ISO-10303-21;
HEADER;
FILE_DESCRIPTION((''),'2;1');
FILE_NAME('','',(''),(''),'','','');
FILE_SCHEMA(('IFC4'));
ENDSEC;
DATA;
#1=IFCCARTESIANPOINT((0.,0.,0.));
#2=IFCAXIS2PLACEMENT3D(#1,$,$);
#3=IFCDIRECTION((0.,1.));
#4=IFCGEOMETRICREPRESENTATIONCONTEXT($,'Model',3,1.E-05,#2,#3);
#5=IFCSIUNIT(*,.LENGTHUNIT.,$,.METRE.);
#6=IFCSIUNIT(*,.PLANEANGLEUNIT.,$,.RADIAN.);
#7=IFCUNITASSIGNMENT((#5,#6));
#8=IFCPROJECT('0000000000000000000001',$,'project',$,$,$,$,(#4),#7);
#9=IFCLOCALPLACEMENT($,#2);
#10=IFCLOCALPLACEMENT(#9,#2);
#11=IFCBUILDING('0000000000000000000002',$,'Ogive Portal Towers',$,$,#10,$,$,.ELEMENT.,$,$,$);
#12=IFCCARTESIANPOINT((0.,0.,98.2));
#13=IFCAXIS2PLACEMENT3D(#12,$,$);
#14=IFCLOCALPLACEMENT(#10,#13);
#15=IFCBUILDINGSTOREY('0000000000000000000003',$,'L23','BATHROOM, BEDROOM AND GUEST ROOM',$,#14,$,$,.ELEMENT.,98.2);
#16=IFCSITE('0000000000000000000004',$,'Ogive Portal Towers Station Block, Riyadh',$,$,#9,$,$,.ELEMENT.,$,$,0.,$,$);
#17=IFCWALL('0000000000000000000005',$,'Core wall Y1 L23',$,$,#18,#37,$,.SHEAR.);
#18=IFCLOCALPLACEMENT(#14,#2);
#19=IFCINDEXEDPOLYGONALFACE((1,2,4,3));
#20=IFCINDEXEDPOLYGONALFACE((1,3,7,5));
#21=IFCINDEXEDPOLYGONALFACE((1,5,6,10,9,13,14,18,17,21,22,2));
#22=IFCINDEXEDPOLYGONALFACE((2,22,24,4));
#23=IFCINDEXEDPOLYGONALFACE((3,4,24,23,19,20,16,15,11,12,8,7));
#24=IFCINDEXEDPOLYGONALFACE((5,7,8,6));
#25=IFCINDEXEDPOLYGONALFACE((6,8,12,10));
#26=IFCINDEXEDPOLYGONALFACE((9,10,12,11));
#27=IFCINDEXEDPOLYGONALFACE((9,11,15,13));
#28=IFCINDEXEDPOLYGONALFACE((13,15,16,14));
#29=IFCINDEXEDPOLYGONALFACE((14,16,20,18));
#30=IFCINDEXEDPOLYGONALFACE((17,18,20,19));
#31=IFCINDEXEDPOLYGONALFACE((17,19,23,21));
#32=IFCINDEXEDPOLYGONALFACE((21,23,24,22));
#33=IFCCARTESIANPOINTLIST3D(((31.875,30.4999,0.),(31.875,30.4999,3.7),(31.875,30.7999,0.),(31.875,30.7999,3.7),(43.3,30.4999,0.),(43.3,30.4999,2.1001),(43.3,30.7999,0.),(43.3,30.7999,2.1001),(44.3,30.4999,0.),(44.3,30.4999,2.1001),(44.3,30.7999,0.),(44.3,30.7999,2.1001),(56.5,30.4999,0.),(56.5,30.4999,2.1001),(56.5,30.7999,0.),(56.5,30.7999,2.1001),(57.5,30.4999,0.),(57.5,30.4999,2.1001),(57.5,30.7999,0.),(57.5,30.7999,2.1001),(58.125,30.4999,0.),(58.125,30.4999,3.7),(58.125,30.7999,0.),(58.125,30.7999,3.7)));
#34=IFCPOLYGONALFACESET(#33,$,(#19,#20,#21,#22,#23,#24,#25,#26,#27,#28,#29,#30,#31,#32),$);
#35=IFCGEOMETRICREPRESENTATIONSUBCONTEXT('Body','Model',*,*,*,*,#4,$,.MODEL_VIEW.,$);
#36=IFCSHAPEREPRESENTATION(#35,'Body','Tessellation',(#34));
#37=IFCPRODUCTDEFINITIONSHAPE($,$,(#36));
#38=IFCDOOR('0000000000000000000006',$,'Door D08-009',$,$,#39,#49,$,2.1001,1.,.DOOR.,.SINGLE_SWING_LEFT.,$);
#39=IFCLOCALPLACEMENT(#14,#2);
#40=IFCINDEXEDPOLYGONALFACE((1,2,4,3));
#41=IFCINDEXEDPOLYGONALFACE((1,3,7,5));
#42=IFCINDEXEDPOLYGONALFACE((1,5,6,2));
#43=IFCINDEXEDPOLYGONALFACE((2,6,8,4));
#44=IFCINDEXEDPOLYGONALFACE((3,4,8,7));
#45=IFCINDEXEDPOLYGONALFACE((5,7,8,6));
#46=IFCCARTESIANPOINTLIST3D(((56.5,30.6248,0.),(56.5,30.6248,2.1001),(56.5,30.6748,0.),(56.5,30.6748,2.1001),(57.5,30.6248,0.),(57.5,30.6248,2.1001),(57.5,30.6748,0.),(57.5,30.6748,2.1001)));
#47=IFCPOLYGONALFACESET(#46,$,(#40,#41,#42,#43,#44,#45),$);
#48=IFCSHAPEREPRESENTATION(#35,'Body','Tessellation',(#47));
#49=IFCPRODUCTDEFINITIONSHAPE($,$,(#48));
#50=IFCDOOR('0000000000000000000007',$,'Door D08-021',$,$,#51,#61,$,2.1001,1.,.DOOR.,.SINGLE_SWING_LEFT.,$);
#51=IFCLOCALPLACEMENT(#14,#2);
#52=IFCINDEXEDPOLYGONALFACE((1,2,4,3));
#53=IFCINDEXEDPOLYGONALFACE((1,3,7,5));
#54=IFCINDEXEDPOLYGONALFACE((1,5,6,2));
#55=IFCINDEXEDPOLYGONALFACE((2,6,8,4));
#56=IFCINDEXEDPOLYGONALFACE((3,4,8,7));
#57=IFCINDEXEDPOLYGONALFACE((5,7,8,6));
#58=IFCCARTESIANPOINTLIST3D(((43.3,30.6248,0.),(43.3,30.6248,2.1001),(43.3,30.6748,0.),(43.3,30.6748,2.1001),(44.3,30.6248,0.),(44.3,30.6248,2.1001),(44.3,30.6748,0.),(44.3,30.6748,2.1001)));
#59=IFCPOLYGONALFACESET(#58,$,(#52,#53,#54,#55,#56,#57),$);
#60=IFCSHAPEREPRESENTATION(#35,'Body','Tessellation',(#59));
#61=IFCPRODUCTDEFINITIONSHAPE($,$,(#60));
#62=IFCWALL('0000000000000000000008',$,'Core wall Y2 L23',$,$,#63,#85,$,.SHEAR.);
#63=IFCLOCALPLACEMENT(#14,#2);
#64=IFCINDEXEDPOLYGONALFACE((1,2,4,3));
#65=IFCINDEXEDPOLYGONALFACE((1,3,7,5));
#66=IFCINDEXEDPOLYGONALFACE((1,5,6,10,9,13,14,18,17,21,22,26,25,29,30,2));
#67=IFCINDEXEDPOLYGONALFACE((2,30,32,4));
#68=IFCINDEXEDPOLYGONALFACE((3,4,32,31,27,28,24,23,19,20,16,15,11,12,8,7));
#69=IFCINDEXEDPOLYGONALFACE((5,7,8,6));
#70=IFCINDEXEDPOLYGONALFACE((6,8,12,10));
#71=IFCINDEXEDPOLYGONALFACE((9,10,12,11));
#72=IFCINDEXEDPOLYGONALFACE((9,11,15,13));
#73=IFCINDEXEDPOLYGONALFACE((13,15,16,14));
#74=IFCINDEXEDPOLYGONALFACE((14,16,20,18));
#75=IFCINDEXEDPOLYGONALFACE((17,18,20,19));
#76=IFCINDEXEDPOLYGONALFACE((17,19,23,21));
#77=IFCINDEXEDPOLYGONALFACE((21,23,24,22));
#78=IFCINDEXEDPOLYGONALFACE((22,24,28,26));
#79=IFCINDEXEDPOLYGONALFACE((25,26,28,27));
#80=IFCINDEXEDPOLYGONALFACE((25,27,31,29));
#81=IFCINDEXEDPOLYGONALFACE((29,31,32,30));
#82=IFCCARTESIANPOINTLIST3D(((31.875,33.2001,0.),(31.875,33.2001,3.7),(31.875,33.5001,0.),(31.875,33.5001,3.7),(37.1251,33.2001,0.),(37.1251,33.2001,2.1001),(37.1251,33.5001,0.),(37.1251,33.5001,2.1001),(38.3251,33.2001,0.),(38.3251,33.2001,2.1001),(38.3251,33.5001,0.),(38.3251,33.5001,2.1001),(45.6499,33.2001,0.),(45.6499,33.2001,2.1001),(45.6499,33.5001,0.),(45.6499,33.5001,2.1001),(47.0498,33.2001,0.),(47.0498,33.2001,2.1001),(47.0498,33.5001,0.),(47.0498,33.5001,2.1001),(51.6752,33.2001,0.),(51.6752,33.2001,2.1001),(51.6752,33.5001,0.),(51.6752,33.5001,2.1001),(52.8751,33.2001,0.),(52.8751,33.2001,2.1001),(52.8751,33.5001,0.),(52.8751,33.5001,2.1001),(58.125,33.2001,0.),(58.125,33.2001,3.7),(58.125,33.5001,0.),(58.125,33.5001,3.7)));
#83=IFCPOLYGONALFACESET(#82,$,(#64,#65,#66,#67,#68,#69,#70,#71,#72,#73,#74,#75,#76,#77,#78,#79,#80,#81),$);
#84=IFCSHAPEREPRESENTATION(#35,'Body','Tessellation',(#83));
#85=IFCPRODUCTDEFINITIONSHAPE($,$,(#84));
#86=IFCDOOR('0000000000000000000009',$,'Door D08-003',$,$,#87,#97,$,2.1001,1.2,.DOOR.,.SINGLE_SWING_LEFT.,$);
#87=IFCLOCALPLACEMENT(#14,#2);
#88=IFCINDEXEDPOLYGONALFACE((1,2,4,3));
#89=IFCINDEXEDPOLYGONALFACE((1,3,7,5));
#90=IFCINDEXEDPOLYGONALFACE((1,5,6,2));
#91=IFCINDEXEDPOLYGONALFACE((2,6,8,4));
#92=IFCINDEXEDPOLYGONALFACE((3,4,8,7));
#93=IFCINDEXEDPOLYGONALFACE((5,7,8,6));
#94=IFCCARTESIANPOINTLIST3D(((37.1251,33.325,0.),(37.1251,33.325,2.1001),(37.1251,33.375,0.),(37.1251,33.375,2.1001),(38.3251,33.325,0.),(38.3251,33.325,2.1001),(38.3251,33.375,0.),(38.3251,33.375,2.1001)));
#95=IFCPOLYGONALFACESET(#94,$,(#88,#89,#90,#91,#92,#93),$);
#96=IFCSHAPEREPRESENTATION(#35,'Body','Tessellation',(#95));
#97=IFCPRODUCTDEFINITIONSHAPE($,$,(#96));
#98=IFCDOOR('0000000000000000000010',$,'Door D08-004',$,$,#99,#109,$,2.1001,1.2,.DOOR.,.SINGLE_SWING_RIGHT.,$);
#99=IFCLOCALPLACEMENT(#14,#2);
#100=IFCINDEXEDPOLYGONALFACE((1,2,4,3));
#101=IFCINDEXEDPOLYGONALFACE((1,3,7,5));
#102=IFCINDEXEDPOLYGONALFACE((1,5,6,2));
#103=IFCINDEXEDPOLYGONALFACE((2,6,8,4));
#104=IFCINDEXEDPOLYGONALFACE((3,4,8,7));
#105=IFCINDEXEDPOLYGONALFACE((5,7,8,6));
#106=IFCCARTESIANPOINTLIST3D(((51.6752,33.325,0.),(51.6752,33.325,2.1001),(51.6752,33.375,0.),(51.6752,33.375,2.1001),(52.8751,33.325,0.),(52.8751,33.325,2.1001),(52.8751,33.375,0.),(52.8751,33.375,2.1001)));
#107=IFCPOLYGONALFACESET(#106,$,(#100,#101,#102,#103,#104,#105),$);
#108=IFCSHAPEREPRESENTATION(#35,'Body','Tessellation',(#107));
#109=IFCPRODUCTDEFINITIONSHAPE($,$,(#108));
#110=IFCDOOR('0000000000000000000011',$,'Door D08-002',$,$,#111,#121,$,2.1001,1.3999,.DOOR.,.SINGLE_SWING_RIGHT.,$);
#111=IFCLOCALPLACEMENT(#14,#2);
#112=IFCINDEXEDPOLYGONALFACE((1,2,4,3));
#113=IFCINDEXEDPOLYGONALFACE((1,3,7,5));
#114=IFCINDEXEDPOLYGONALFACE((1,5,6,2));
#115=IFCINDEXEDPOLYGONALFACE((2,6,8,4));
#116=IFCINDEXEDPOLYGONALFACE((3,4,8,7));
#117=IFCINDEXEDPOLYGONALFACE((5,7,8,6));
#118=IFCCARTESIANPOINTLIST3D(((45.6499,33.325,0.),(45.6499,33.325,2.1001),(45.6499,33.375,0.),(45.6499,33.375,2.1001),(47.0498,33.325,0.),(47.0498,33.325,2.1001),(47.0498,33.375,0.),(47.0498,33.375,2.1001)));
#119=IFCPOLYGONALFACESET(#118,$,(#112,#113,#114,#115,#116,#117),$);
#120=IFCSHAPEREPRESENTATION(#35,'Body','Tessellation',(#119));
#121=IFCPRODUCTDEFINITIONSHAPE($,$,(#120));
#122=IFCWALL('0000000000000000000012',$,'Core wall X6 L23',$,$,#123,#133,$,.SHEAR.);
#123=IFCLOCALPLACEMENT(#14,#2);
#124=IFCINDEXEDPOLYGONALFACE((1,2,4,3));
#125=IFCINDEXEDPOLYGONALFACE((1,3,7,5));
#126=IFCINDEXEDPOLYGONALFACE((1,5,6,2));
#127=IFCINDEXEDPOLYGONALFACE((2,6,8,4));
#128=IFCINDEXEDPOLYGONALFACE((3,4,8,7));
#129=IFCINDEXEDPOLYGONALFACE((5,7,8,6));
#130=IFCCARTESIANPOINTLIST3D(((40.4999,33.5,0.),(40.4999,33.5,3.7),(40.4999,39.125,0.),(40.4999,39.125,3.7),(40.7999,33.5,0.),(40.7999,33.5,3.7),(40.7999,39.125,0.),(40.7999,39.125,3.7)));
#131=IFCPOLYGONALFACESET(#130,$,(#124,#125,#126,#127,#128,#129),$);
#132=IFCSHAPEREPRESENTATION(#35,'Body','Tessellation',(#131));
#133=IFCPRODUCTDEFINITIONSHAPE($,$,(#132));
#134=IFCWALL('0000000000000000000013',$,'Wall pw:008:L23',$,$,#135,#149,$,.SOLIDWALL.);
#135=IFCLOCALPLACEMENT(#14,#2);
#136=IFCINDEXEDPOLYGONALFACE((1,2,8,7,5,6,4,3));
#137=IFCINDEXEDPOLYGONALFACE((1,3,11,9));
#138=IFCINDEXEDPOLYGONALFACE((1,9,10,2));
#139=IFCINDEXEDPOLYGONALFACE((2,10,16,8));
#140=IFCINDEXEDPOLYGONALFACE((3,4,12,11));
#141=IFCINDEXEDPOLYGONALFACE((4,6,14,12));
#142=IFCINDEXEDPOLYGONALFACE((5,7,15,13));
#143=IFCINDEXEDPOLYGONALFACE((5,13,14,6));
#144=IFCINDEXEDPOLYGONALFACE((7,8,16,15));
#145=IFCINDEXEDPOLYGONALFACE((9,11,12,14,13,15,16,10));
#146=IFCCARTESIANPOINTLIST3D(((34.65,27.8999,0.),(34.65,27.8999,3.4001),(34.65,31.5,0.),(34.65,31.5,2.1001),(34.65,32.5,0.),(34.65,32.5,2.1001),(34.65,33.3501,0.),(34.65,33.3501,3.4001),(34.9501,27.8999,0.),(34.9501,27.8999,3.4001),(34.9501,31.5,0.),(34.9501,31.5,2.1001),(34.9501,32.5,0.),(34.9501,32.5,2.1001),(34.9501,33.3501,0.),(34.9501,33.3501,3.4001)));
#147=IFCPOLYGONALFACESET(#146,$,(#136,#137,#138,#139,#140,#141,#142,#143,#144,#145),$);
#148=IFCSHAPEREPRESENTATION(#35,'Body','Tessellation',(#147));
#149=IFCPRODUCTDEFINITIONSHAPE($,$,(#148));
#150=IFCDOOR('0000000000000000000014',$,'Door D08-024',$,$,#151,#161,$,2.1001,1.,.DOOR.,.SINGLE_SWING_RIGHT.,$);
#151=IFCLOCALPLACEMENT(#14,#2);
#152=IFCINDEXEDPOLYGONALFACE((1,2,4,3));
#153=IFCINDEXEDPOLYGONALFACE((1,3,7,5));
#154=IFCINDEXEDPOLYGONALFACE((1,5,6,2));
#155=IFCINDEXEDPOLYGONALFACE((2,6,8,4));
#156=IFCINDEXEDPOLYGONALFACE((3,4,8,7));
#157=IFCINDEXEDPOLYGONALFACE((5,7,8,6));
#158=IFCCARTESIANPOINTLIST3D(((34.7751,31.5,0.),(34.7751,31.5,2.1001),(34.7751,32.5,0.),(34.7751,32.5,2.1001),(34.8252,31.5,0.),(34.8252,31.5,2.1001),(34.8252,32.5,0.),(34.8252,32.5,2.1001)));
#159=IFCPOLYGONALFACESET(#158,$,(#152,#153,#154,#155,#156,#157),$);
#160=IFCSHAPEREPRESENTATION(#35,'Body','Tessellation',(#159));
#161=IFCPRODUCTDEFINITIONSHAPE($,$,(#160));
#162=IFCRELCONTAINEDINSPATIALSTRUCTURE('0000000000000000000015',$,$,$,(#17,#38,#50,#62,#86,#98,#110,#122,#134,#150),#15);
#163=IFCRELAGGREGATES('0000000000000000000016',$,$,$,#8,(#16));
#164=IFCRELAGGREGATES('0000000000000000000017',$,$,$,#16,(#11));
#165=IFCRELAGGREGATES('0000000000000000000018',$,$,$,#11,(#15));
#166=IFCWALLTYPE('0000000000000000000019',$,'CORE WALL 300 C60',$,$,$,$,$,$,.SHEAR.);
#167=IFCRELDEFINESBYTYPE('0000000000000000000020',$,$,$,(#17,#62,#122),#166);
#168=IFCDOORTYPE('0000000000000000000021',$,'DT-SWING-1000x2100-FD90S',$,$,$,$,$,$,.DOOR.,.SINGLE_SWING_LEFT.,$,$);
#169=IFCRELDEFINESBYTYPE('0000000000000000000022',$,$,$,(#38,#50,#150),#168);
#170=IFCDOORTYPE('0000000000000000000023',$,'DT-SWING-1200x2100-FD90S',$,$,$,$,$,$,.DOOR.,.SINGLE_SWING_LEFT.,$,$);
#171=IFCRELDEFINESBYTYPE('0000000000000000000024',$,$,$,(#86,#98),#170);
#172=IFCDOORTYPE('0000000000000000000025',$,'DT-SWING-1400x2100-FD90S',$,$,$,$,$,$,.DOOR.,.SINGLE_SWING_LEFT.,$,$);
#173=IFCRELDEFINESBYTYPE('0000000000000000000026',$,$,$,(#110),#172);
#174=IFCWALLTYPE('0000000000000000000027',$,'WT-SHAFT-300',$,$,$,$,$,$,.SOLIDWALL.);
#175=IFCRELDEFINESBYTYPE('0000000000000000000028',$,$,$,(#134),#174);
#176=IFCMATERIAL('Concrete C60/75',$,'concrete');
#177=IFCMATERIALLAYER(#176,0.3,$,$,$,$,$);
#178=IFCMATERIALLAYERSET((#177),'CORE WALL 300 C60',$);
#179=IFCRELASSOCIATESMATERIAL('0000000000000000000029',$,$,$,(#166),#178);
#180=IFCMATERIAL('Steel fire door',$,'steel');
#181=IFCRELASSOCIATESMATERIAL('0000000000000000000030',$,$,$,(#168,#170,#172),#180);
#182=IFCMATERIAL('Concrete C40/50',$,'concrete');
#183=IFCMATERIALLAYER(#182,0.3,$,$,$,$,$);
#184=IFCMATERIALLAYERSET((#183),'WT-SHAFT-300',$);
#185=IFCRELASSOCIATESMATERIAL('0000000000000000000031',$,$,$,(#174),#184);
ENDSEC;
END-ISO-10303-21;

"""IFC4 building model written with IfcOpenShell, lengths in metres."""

from ifc_helpers import new_model, si_unit, direction, frame, frame_2d, origin, place, context, subcontext, project, spatial, rectangle, extrude, material, layer, layer_set, type_object, element, fill, save


model = new_model("IFC4")

# Units and contexts
model_context = context("Model", 3, precision=1e-05, world=origin(), true_north=direction((0.0, 1.0)))
body_context = subcontext(model_context, "Body", "Model", "MODEL_VIEW")
ifc_project = project(units=[si_unit("LENGTHUNIT", "METRE"), si_unit("PLANEANGLEUNIT", "RADIAN")], contexts=[model_context])

# Site, building, storey
site_placement = place(None, origin())
site = spatial("IfcSite", under=ifc_project, at=site_placement, Name="Ogive Portal Towers Station Block, Riyadh", CompositionType="ELEMENT", RefElevation=0.0)
building_placement = place(site_placement, origin())
building = spatial("IfcBuilding", under=site, at=building_placement, Name="Ogive Portal Towers", CompositionType="ELEMENT")
storey_placement = place(building_placement, frame((0.0, 0.0, 98.2)))
storey = spatial("IfcBuildingStorey", under=building, at=storey_placement, Name="L23", Description="BATHROOM, BEDROOM AND GUEST ROOM", CompositionType="ELEMENT", Elevation=98.2)

# Walls, openings, doors
ifc_material_1 = material(Name="Concrete C60/75", Category="concrete")
ifc_layer_1 = layer(ifc_material_1, 0.3)
ifc_layer_set_1 = layer_set([ifc_layer_1], Name="CORE WALL 300 C60")
wall_type_1 = type_object("IfcWallType", Name="CORE WALL 300 C60", PredefinedType="SHEAR", material=ifc_layer_set_1)
wall_1_placement = place(storey_placement, frame((31.875, 30.6499, 0.0), z_axis=(0.0, 0.0, 1.0), x_axis=(1.0, 0.0, 0.0)))
wall_1 = element("IfcWall", 1, at=wall_1_placement, inside=storey, type_object=wall_type_1, Name="Core wall Y1 L23", PredefinedType="SHEAR", context=body_context, shape_type="SweptSolid", body=[
    extrude(rectangle(XDim=26.25, YDim=0.3, at=frame_2d((13.125, 0.0))), origin(), (0.0, 0.0, 1.0), 3.7),
])
opening_1_placement = place(wall_1_placement, frame((24.625, 0.0, 0.0)))
opening_1 = element("IfcOpeningElement", 2, at=opening_1_placement, cuts=wall_1, PredefinedType="OPENING", context=body_context, shape_type="SweptSolid", body=[
    extrude(rectangle(XDim=1.0, YDim=2.1001, at=frame_2d((0.5, 1.05))), frame((0.0, 0.1602, 0.0), z_axis=(0.0, -1.0, 0.0), x_axis=(1.0, 0.0, 0.0)), (0.0, 0.0, 1.0), 0.3201),
])
opening_2_placement = place(wall_1_placement, frame((11.425, 0.0, 0.0)))
opening_2 = element("IfcOpeningElement", 3, at=opening_2_placement, cuts=wall_1, PredefinedType="OPENING", context=body_context, shape_type="SweptSolid", body=[
    extrude(rectangle(XDim=1.0, YDim=2.1001, at=frame_2d((0.5, 1.05))), frame((0.0, 0.1602, 0.0), z_axis=(0.0, -1.0, 0.0), x_axis=(1.0, 0.0, 0.0)), (0.0, 0.0, 1.0), 0.3201),
])
ifc_material_2 = material(Name="Steel fire door", Category="steel")
door_type_1 = type_object("IfcDoorType", Name="DT-SWING-1000x2100-FD90S", OperationType="SINGLE_SWING_LEFT", PredefinedType="DOOR", material=ifc_material_2)
door_1_placement = place(opening_1_placement, origin())
door_1 = element("IfcDoor", 4, at=door_1_placement, inside=storey, type_object=door_type_1, Name="Door D08-009", OperationType="SINGLE_SWING_LEFT", OverallHeight=2.1001, OverallWidth=1.0, PredefinedType="DOOR", context=body_context, shape_type="SweptSolid", body=[
    extrude(rectangle(XDim=1.0, YDim=2.1001, at=frame_2d((0.5, 1.05))), frame((0.0, 0.0249, 0.0), z_axis=(0.0, -1.0, 0.0), x_axis=(1.0, 0.0, 0.0)), (0.0, 0.0, 1.0), 0.05),
])
fill(opening_1, door_1)
door_2_placement = place(opening_2_placement, origin())
door_2 = element("IfcDoor", 5, at=door_2_placement, inside=storey, type_object=door_type_1, Name="Door D08-021", OperationType="SINGLE_SWING_LEFT", OverallHeight=2.1001, OverallWidth=1.0, PredefinedType="DOOR", context=body_context, shape_type="SweptSolid", body=[
    extrude(rectangle(XDim=1.0, YDim=2.1001, at=frame_2d((0.5, 1.05))), frame((0.0, 0.0249, 0.0), z_axis=(0.0, -1.0, 0.0), x_axis=(1.0, 0.0, 0.0)), (0.0, 0.0, 1.0), 0.05),
])
fill(opening_2, door_2)
wall_2_placement = place(storey_placement, frame((31.875, 33.3501, 0.0), z_axis=(0.0, 0.0, 1.0), x_axis=(1.0, 0.0, 0.0)))
wall_2 = element("IfcWall", 6, at=wall_2_placement, inside=storey, type_object=wall_type_1, Name="Core wall Y2 L23", PredefinedType="SHEAR", context=body_context, shape_type="SweptSolid", body=[
    extrude(rectangle(XDim=26.25, YDim=0.3, at=frame_2d((13.125, 0.0))), origin(), (0.0, 0.0, 1.0), 3.7),
])
opening_3_placement = place(wall_2_placement, frame((13.7749, 0.0, 0.0)))
opening_3 = element("IfcOpeningElement", 7, at=opening_3_placement, cuts=wall_2, PredefinedType="OPENING", context=body_context, shape_type="SweptSolid", body=[
    extrude(rectangle(XDim=1.3999, YDim=2.1001, at=frame_2d((0.7, 1.05))), frame((0.0, 0.1602, 0.0), z_axis=(0.0, -1.0, 0.0), x_axis=(1.0, 0.0, 0.0)), (0.0, 0.0, 1.0), 0.3201),
])
opening_4_placement = place(wall_2_placement, frame((5.25, 0.0, 0.0)))
opening_4 = element("IfcOpeningElement", 8, at=opening_4_placement, cuts=wall_2, PredefinedType="OPENING", context=body_context, shape_type="SweptSolid", body=[
    extrude(rectangle(XDim=1.2, YDim=2.1001, at=frame_2d((0.6001, 1.05))), frame((0.0, 0.1602, 0.0), z_axis=(0.0, -1.0, 0.0), x_axis=(1.0, 0.0, 0.0)), (0.0, 0.0, 1.0), 0.3201),
])
opening_5_placement = place(wall_2_placement, frame((19.8, 0.0, 0.0)))
opening_5 = element("IfcOpeningElement", 9, at=opening_5_placement, cuts=wall_2, PredefinedType="OPENING", context=body_context, shape_type="SweptSolid", body=[
    extrude(rectangle(XDim=1.2, YDim=2.1001, at=frame_2d((0.6001, 1.05))), frame((0.0, 0.1602, 0.0), z_axis=(0.0, -1.0, 0.0), x_axis=(1.0, 0.0, 0.0)), (0.0, 0.0, 1.0), 0.3201),
])
door_type_2 = type_object("IfcDoorType", Name="DT-SWING-1200x2100-FD90S", OperationType="SINGLE_SWING_LEFT", PredefinedType="DOOR", material=ifc_material_2)
door_3_placement = place(opening_4_placement, origin())
door_3 = element("IfcDoor", 10, at=door_3_placement, inside=storey, type_object=door_type_2, Name="Door D08-003", OperationType="SINGLE_SWING_LEFT", OverallHeight=2.1001, OverallWidth=1.2, PredefinedType="DOOR", context=body_context, shape_type="SweptSolid", body=[
    extrude(rectangle(XDim=1.2, YDim=2.1001, at=frame_2d((0.6001, 1.05))), frame((0.0, 0.0249, 0.0), z_axis=(0.0, -1.0, 0.0), x_axis=(1.0, 0.0, 0.0)), (0.0, 0.0, 1.0), 0.05),
])
fill(opening_4, door_3)
door_4_placement = place(opening_5_placement, origin())
door_4 = element("IfcDoor", 11, at=door_4_placement, inside=storey, type_object=door_type_2, Name="Door D08-004", OperationType="SINGLE_SWING_RIGHT", OverallHeight=2.1001, OverallWidth=1.2, PredefinedType="DOOR", context=body_context, shape_type="SweptSolid", body=[
    extrude(rectangle(XDim=1.2, YDim=2.1001, at=frame_2d((0.6001, 1.05))), frame((0.0, 0.0249, 0.0), z_axis=(0.0, -1.0, 0.0), x_axis=(1.0, 0.0, 0.0)), (0.0, 0.0, 1.0), 0.05),
])
fill(opening_5, door_4)
door_type_3 = type_object("IfcDoorType", Name="DT-SWING-1400x2100-FD90S", OperationType="SINGLE_SWING_LEFT", PredefinedType="DOOR", material=ifc_material_2)
door_5_placement = place(opening_3_placement, origin())
door_5 = element("IfcDoor", 12, at=door_5_placement, inside=storey, type_object=door_type_3, Name="Door D08-002", OperationType="SINGLE_SWING_RIGHT", OverallHeight=2.1001, OverallWidth=1.3999, PredefinedType="DOOR", context=body_context, shape_type="SweptSolid", body=[
    extrude(rectangle(XDim=1.3999, YDim=2.1001, at=frame_2d((0.7, 1.05))), frame((0.0, 0.0249, 0.0), z_axis=(0.0, -1.0, 0.0), x_axis=(1.0, 0.0, 0.0)), (0.0, 0.0, 1.0), 0.05),
])
fill(opening_3, door_5)

# Wall
wall_3_placement = place(storey_placement, frame((40.6499, 33.5, 0.0), z_axis=(0.0, 0.0, 1.0), x_axis=(0.0, 1.0, 0.0)))
element("IfcWall", 13, at=wall_3_placement, inside=storey, type_object=wall_type_1, Name="Core wall X6 L23", PredefinedType="SHEAR", context=body_context, shape_type="SweptSolid", body=[
    extrude(rectangle(XDim=5.625, YDim=0.3, at=frame_2d((2.8125, 0.0))), origin(), (0.0, 0.0, 1.0), 3.7),
])

# Shared definitions
ifc_material_3 = material(Name="Concrete C40/50", Category="concrete")
ifc_layer_2 = layer(ifc_material_3, 0.3)
ifc_layer_set_2 = layer_set([ifc_layer_2], Name="WT-SHAFT-300")
wall_type_2 = type_object("IfcWallType", Name="WT-SHAFT-300", PredefinedType="SOLIDWALL", material=ifc_layer_set_2)

# Wall, opening, door
wall_4_placement = place(storey_placement, frame((34.8, 27.8999, 0.0), z_axis=(0.0, 0.0, 1.0), x_axis=(0.0, 1.0, 0.0)))
wall_4 = element("IfcWall", 14, at=wall_4_placement, inside=storey, type_object=wall_type_2, Name="Wall pw:008:L23", PredefinedType="SOLIDWALL", context=body_context, shape_type="SweptSolid", body=[
    extrude(rectangle(XDim=5.4502, YDim=0.3, at=frame_2d((2.7251, 0.0))), origin(), (0.0, 0.0, 1.0), 3.4001),
])
opening_6_placement = place(wall_4_placement, frame((3.6001, 0.0, 0.0)))
opening_6 = element("IfcOpeningElement", 15, at=opening_6_placement, cuts=wall_4, PredefinedType="OPENING", context=body_context, shape_type="SweptSolid", body=[
    extrude(rectangle(XDim=1.0, YDim=2.1001, at=frame_2d((0.5, 1.05))), frame((0.0, 0.1602, 0.0), z_axis=(0.0, -1.0, 0.0), x_axis=(1.0, 0.0, 0.0)), (0.0, 0.0, 1.0), 0.3201),
])
door_6_placement = place(opening_6_placement, origin())
door_6 = element("IfcDoor", 16, at=door_6_placement, inside=storey, type_object=door_type_1, Name="Door D08-024", OperationType="SINGLE_SWING_RIGHT", OverallHeight=2.1001, OverallWidth=1.0, PredefinedType="DOOR", context=body_context, shape_type="SweptSolid", body=[
    extrude(rectangle(XDim=1.0, YDim=2.1001, at=frame_2d((0.5, 1.05))), frame((0.0, 0.0249, 0.0), z_axis=(0.0, -1.0, 0.0), x_axis=(1.0, 0.0, 0.0)), (0.0, 0.0, 1.0), 0.05),
])
fill(opening_6, door_6)

save(model, "model.ifc")
